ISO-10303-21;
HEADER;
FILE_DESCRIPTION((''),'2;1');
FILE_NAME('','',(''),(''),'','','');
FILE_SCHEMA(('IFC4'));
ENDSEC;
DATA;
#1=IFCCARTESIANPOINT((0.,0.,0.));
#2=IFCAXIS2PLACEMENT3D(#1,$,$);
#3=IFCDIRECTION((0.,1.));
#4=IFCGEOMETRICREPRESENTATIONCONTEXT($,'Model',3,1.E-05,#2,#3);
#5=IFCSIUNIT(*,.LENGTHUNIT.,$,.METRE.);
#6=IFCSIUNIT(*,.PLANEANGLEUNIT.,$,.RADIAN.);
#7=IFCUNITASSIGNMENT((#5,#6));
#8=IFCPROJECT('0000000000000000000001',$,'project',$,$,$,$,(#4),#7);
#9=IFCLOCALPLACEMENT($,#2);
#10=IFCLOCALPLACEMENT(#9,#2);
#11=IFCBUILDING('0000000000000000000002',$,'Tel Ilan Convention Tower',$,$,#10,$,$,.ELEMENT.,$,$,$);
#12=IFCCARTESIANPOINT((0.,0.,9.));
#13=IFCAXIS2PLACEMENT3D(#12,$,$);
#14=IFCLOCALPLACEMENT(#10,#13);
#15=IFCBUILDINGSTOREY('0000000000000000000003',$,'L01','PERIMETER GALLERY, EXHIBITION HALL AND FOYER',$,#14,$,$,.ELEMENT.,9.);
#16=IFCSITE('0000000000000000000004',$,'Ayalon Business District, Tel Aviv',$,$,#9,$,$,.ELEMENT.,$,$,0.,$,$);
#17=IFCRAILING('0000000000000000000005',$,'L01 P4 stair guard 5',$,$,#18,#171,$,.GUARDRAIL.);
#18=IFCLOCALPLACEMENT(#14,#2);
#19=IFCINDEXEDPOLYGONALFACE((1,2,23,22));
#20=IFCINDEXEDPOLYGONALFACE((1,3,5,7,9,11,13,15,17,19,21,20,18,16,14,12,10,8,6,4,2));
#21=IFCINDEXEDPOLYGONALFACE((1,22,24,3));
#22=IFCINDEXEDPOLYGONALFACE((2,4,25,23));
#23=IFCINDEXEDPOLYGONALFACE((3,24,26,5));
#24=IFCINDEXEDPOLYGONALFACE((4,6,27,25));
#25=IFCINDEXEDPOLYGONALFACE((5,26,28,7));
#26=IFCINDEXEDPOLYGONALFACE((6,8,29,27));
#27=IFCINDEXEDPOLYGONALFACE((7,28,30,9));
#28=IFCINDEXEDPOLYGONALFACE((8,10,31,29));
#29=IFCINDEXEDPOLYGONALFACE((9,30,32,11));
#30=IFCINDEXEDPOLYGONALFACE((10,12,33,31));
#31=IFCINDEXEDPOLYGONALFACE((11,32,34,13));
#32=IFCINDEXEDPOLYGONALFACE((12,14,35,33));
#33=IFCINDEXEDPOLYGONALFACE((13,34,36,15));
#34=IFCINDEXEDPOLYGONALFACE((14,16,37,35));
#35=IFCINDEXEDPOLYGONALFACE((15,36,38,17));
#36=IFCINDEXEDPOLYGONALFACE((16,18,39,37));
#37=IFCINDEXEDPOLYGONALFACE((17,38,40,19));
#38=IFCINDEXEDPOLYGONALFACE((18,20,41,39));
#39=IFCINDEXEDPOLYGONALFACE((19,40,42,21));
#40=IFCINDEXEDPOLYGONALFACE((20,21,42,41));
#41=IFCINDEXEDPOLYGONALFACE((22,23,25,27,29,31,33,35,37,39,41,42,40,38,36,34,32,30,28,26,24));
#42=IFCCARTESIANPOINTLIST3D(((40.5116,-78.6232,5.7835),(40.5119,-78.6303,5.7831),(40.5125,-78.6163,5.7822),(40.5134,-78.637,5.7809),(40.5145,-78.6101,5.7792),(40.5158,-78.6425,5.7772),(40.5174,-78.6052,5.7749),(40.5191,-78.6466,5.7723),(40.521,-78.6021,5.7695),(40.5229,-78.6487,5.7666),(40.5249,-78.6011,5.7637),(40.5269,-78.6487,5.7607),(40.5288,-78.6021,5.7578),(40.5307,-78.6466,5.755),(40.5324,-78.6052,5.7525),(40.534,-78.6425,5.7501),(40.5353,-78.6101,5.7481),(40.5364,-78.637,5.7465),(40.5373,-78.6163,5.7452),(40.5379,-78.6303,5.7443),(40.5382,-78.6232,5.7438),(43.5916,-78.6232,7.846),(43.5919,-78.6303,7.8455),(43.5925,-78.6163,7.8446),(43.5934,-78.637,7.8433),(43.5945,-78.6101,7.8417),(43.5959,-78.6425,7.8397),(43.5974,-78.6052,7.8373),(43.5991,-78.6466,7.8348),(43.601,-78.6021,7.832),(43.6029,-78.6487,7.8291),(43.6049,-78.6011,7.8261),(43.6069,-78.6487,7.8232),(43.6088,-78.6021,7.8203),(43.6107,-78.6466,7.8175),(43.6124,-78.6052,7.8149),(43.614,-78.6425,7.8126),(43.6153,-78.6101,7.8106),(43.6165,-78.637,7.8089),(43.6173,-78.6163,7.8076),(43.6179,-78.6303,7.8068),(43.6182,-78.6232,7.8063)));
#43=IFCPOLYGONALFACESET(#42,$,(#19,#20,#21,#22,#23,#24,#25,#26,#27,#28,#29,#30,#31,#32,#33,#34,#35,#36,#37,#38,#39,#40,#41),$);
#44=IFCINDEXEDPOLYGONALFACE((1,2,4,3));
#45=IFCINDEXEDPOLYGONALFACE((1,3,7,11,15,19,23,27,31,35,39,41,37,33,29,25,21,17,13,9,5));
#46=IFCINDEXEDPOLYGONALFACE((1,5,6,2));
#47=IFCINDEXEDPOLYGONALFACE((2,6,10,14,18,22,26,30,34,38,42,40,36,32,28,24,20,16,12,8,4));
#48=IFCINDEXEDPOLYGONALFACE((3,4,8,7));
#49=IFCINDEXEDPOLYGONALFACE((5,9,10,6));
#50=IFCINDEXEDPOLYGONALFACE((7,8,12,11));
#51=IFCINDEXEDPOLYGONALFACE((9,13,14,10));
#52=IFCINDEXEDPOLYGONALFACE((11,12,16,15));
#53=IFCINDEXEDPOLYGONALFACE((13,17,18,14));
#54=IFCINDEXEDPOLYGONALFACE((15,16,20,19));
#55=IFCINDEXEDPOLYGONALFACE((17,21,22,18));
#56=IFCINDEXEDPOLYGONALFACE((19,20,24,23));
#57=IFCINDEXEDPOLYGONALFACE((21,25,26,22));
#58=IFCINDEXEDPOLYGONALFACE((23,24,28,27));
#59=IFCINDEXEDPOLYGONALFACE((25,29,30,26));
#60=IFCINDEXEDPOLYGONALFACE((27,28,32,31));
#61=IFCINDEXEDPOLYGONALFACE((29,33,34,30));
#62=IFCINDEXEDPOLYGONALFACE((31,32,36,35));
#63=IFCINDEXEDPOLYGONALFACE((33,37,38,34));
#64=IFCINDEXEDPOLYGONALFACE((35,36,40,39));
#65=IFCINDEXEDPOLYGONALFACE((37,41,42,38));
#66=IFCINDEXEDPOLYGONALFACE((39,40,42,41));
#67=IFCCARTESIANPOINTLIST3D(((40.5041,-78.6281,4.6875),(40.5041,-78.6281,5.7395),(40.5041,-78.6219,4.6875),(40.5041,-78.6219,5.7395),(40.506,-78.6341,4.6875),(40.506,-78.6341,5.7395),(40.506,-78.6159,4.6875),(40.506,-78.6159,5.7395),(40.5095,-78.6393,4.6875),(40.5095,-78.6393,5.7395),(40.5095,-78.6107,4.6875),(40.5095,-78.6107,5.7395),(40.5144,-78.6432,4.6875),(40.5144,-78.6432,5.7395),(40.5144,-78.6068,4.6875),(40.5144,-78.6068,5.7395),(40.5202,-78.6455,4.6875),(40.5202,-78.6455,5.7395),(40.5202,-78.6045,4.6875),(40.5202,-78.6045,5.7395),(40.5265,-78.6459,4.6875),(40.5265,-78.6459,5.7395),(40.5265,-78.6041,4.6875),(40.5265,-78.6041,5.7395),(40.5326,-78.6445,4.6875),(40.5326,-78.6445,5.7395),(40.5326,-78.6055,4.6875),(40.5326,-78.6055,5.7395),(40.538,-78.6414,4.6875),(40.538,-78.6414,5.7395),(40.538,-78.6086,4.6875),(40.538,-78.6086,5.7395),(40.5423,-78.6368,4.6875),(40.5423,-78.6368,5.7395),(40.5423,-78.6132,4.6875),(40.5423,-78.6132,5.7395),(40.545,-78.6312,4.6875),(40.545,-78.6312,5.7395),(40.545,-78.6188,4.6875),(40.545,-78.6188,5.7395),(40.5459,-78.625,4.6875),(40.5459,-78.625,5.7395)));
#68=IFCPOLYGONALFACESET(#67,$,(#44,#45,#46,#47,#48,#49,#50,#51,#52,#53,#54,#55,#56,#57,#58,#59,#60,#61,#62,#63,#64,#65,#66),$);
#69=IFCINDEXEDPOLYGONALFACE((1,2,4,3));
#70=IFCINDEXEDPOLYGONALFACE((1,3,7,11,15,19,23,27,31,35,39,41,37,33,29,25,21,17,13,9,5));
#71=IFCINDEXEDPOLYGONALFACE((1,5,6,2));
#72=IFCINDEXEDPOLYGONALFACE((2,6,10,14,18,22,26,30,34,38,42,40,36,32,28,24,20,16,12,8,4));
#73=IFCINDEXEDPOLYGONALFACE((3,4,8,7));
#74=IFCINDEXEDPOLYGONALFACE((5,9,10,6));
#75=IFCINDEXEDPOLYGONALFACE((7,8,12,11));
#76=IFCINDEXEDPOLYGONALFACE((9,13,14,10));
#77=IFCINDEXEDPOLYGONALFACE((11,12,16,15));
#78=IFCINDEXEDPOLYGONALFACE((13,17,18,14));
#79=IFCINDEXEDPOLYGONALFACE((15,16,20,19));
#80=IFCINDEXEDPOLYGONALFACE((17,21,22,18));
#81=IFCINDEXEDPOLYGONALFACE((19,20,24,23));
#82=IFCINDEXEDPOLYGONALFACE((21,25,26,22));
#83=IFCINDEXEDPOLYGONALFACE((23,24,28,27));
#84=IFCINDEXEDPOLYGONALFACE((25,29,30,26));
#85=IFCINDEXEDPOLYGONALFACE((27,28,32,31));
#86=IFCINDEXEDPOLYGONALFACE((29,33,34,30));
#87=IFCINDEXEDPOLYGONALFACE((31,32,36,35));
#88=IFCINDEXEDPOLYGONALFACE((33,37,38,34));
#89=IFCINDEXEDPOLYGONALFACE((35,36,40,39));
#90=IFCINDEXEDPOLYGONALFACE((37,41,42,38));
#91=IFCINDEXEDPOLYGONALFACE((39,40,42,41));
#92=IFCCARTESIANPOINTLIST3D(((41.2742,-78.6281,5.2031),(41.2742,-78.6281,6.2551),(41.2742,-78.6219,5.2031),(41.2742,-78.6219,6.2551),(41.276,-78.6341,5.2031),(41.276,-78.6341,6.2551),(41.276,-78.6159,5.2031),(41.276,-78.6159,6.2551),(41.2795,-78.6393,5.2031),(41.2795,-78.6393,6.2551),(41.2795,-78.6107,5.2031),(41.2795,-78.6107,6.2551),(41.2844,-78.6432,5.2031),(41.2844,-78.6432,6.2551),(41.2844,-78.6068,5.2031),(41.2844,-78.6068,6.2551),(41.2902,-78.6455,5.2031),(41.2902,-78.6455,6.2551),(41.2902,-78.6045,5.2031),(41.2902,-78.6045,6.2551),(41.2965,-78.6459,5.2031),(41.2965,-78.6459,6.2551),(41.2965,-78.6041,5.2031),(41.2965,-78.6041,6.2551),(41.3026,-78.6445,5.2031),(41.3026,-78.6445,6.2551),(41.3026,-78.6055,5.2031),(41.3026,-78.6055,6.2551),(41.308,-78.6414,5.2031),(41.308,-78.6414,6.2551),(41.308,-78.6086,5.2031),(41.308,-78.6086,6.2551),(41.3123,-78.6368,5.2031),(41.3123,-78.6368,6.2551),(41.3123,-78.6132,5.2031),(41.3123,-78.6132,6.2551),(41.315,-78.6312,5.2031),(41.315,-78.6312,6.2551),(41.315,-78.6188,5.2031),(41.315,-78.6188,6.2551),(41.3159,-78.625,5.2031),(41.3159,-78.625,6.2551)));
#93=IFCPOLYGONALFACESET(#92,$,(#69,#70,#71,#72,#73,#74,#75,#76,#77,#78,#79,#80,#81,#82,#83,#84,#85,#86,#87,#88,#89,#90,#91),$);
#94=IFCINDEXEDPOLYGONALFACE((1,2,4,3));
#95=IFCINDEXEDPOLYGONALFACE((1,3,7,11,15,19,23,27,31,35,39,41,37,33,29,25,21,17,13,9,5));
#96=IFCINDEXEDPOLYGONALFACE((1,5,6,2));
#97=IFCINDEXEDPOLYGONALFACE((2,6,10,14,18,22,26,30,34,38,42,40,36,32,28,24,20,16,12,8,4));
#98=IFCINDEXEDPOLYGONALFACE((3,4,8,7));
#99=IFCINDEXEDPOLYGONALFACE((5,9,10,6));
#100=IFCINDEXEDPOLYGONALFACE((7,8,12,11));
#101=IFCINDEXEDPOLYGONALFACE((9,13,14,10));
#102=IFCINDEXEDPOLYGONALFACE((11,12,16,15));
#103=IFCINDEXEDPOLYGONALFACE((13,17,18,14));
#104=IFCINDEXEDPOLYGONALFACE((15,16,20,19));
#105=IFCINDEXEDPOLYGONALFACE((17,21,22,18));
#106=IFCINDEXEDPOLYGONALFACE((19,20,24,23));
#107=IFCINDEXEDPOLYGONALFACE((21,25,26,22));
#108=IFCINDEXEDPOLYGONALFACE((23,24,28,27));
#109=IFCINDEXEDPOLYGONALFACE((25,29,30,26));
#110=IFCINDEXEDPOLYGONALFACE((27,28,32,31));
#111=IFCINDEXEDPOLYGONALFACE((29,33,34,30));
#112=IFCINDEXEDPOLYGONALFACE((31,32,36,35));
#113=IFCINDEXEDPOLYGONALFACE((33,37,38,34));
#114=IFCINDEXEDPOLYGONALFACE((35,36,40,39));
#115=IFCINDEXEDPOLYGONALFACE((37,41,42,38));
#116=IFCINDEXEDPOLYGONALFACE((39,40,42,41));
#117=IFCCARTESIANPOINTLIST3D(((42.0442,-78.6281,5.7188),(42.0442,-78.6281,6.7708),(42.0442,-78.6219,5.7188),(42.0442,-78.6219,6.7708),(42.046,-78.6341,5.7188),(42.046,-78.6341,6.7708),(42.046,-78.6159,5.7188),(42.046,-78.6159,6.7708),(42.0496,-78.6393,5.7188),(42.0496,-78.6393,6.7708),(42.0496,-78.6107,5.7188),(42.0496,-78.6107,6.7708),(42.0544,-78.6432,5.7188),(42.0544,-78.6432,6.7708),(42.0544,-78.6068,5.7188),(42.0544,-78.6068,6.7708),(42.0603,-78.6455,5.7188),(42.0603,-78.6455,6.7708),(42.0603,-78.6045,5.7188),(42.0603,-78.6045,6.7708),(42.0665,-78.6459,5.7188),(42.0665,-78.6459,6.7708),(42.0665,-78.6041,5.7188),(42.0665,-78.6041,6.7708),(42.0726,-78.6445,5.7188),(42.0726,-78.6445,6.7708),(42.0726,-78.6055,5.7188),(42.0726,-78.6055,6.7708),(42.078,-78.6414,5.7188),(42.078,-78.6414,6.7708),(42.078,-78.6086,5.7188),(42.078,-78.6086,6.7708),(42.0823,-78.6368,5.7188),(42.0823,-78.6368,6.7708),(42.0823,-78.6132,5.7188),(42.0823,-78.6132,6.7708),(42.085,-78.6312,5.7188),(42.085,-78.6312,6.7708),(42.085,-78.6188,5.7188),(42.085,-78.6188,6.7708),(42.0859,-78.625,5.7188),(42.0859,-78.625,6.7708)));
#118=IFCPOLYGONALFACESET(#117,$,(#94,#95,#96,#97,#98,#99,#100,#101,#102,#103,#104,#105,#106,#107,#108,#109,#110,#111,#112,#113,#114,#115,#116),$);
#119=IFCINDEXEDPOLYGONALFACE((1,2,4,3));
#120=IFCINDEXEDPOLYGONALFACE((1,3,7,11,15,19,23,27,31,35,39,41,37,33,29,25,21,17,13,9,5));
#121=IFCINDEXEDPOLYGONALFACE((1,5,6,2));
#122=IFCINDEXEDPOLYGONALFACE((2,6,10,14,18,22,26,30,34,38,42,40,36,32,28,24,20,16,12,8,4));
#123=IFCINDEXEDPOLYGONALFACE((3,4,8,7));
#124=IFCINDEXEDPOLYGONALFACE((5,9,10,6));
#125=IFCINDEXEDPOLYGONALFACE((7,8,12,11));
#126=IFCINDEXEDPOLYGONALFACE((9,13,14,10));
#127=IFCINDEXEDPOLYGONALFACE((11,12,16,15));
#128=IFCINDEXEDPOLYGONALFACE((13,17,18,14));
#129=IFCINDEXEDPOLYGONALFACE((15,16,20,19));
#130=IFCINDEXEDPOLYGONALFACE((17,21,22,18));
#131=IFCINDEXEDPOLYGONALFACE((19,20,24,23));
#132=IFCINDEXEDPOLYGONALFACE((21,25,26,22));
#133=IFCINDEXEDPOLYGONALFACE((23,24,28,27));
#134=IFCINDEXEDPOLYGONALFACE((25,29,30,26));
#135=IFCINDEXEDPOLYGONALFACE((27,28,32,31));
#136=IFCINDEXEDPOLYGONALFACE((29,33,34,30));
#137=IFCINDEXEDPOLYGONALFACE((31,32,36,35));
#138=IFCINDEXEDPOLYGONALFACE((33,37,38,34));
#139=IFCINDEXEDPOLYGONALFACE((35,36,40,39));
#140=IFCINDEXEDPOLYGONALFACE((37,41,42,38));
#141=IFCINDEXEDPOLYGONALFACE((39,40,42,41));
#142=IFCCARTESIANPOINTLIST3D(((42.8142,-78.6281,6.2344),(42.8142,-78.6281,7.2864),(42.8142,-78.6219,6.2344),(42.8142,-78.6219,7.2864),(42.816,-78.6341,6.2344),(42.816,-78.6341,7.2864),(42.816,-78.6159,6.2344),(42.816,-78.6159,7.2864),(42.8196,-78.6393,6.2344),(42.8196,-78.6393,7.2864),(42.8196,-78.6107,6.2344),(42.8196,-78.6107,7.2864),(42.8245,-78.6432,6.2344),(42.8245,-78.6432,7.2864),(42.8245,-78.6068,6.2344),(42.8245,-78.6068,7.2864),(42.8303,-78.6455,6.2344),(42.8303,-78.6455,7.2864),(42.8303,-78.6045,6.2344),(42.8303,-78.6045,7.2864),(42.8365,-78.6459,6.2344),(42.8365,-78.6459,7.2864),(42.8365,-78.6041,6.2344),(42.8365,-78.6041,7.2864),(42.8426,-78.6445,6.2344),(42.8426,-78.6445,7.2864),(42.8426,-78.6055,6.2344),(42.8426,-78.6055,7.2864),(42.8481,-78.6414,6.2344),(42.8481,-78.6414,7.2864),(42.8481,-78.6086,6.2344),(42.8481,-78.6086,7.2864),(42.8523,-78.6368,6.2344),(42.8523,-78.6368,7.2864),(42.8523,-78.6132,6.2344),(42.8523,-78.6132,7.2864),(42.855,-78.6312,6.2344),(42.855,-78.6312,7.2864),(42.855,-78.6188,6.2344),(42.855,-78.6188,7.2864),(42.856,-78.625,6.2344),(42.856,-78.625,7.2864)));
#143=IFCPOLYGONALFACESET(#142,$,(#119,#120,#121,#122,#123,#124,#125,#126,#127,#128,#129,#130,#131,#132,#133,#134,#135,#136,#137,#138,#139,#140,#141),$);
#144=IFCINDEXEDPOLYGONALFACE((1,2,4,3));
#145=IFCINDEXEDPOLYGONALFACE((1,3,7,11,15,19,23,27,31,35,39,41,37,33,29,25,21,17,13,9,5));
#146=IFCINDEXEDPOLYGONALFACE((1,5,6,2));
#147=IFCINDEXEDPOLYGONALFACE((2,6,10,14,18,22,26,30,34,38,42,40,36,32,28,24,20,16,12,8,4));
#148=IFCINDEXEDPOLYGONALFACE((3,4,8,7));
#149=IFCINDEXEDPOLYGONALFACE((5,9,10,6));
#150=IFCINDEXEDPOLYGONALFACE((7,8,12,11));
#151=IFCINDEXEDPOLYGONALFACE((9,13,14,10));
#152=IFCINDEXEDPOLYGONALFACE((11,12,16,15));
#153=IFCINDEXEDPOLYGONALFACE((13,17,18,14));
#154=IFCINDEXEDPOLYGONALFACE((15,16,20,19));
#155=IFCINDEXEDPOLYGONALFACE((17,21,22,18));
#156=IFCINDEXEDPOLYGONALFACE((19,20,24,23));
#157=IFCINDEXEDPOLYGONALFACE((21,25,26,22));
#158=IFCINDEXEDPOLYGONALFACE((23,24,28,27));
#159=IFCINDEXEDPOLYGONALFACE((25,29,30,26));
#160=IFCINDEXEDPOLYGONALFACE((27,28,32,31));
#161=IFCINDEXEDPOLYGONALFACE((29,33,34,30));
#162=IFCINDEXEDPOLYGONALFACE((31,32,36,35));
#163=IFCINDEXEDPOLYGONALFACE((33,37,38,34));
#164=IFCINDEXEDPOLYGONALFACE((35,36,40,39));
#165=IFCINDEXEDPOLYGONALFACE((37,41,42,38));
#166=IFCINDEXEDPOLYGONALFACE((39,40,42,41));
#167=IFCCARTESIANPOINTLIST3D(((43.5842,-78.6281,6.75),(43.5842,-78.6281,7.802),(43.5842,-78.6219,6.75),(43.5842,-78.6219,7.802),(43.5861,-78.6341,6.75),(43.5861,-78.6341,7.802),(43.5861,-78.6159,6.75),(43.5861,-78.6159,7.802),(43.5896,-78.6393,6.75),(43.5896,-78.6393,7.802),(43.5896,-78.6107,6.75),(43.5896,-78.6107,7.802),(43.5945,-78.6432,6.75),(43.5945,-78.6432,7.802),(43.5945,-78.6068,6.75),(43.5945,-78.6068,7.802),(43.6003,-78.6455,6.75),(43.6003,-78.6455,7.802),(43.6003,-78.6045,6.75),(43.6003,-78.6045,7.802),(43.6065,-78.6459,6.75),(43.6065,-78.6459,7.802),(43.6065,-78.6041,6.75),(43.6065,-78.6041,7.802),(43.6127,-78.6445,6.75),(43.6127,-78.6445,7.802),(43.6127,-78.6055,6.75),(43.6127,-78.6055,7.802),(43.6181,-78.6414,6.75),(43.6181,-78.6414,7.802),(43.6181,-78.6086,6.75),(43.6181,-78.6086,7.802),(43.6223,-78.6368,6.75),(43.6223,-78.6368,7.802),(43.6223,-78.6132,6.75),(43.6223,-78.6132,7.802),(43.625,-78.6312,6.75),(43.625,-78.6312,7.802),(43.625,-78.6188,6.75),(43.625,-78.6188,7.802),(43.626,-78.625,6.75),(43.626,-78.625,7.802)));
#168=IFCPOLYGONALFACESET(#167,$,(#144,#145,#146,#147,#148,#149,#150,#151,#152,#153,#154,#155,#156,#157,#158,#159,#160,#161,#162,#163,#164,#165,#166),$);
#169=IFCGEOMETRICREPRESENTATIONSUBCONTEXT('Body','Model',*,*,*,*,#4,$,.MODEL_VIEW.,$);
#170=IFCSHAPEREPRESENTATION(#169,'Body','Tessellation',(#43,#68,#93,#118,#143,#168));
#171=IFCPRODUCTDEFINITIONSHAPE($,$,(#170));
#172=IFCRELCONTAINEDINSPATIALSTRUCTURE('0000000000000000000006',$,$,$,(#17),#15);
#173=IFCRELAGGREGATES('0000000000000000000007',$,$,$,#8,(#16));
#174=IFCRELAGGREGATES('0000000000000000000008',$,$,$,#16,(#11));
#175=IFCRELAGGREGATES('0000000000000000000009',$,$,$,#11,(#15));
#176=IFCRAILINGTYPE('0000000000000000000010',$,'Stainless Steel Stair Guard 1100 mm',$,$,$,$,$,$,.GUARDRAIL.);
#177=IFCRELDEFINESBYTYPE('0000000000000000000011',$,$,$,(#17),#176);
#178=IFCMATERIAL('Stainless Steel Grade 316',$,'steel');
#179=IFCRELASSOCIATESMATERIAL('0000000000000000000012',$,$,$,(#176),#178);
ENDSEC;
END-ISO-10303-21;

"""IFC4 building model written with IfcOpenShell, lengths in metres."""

from ifc_helpers import new_model, si_unit, direction, frame, origin, origin_2d, place, context, subcontext, project, spatial, circle, extrude, material, type_object, element, save


model = new_model("IFC4")

# Units and contexts
model_context = context("Model", 3, precision=1e-05, world=origin(), true_north=direction((0.0, 1.0)))
body_context = subcontext(model_context, "Body", "Model", "MODEL_VIEW")
ifc_project = project(units=[si_unit("LENGTHUNIT", "METRE"), si_unit("PLANEANGLEUNIT", "RADIAN")], contexts=[model_context])

# Site, building, storey
site_placement = place(None, origin())
site = spatial("IfcSite", under=ifc_project, at=site_placement, Name="Ayalon Business District, Tel Aviv", CompositionType="ELEMENT", RefElevation=0.0)
building_placement = place(site_placement, origin())
building = spatial("IfcBuilding", under=site, at=building_placement, Name="Tel Ilan Convention Tower", CompositionType="ELEMENT")
storey_placement = place(building_placement, frame((0.0, 0.0, 9.0)))
storey = spatial("IfcBuildingStorey", under=building, at=storey_placement, Name="L01", Description="PERIMETER GALLERY, EXHIBITION HALL AND FOYER", CompositionType="ELEMENT", Elevation=9.0)

# Railing
ifc_material_1 = material(Name="Stainless Steel Grade 316", Category="steel")
railing_type_1 = type_object("IfcRailingType", Name="Stainless Steel Stair Guard 1100 mm", PredefinedType="GUARDRAIL", material=ifc_material_1)
railing_1_placement = place(storey_placement, frame((40.5249, -78.625, 4.6875)))
element("IfcRailing", 1, at=railing_1_placement, inside=storey, type_object=railing_type_1, Name="L01 P4 stair guard 5", PredefinedType="GUARDRAIL", context=body_context, shape_type="SweptSolid", body=[
    extrude(circle(Radius=0.0239, at=origin_2d()), frame((0.0, 0.0, 1.0762), z_axis=(0.830914, 0.0, 0.556401), x_axis=(0.0, 1.0, 0.0)), (0.0, 0.0, 1.0), 3.7068),
    extrude(circle(Radius=0.021, at=origin_2d()), origin(), (0.0, 0.0, 1.0), 1.052),
    extrude(circle(Radius=0.021, at=origin_2d()), frame((0.77, 0.0, 0.5156)), (0.0, 0.0, 1.0), 1.052),
    extrude(circle(Radius=0.021, at=origin_2d()), frame((1.54, 0.0, 1.0312)), (0.0, 0.0, 1.0), 1.052),
    extrude(circle(Radius=0.021, at=origin_2d()), frame((2.3101, 0.0, 1.5469)), (0.0, 0.0, 1.0), 1.052),
    extrude(circle(Radius=0.021, at=origin_2d()), frame((3.0801, 0.0, 2.0625)), (0.0, 0.0, 1.0), 1.052),
])

save(model, "model.ifc")
